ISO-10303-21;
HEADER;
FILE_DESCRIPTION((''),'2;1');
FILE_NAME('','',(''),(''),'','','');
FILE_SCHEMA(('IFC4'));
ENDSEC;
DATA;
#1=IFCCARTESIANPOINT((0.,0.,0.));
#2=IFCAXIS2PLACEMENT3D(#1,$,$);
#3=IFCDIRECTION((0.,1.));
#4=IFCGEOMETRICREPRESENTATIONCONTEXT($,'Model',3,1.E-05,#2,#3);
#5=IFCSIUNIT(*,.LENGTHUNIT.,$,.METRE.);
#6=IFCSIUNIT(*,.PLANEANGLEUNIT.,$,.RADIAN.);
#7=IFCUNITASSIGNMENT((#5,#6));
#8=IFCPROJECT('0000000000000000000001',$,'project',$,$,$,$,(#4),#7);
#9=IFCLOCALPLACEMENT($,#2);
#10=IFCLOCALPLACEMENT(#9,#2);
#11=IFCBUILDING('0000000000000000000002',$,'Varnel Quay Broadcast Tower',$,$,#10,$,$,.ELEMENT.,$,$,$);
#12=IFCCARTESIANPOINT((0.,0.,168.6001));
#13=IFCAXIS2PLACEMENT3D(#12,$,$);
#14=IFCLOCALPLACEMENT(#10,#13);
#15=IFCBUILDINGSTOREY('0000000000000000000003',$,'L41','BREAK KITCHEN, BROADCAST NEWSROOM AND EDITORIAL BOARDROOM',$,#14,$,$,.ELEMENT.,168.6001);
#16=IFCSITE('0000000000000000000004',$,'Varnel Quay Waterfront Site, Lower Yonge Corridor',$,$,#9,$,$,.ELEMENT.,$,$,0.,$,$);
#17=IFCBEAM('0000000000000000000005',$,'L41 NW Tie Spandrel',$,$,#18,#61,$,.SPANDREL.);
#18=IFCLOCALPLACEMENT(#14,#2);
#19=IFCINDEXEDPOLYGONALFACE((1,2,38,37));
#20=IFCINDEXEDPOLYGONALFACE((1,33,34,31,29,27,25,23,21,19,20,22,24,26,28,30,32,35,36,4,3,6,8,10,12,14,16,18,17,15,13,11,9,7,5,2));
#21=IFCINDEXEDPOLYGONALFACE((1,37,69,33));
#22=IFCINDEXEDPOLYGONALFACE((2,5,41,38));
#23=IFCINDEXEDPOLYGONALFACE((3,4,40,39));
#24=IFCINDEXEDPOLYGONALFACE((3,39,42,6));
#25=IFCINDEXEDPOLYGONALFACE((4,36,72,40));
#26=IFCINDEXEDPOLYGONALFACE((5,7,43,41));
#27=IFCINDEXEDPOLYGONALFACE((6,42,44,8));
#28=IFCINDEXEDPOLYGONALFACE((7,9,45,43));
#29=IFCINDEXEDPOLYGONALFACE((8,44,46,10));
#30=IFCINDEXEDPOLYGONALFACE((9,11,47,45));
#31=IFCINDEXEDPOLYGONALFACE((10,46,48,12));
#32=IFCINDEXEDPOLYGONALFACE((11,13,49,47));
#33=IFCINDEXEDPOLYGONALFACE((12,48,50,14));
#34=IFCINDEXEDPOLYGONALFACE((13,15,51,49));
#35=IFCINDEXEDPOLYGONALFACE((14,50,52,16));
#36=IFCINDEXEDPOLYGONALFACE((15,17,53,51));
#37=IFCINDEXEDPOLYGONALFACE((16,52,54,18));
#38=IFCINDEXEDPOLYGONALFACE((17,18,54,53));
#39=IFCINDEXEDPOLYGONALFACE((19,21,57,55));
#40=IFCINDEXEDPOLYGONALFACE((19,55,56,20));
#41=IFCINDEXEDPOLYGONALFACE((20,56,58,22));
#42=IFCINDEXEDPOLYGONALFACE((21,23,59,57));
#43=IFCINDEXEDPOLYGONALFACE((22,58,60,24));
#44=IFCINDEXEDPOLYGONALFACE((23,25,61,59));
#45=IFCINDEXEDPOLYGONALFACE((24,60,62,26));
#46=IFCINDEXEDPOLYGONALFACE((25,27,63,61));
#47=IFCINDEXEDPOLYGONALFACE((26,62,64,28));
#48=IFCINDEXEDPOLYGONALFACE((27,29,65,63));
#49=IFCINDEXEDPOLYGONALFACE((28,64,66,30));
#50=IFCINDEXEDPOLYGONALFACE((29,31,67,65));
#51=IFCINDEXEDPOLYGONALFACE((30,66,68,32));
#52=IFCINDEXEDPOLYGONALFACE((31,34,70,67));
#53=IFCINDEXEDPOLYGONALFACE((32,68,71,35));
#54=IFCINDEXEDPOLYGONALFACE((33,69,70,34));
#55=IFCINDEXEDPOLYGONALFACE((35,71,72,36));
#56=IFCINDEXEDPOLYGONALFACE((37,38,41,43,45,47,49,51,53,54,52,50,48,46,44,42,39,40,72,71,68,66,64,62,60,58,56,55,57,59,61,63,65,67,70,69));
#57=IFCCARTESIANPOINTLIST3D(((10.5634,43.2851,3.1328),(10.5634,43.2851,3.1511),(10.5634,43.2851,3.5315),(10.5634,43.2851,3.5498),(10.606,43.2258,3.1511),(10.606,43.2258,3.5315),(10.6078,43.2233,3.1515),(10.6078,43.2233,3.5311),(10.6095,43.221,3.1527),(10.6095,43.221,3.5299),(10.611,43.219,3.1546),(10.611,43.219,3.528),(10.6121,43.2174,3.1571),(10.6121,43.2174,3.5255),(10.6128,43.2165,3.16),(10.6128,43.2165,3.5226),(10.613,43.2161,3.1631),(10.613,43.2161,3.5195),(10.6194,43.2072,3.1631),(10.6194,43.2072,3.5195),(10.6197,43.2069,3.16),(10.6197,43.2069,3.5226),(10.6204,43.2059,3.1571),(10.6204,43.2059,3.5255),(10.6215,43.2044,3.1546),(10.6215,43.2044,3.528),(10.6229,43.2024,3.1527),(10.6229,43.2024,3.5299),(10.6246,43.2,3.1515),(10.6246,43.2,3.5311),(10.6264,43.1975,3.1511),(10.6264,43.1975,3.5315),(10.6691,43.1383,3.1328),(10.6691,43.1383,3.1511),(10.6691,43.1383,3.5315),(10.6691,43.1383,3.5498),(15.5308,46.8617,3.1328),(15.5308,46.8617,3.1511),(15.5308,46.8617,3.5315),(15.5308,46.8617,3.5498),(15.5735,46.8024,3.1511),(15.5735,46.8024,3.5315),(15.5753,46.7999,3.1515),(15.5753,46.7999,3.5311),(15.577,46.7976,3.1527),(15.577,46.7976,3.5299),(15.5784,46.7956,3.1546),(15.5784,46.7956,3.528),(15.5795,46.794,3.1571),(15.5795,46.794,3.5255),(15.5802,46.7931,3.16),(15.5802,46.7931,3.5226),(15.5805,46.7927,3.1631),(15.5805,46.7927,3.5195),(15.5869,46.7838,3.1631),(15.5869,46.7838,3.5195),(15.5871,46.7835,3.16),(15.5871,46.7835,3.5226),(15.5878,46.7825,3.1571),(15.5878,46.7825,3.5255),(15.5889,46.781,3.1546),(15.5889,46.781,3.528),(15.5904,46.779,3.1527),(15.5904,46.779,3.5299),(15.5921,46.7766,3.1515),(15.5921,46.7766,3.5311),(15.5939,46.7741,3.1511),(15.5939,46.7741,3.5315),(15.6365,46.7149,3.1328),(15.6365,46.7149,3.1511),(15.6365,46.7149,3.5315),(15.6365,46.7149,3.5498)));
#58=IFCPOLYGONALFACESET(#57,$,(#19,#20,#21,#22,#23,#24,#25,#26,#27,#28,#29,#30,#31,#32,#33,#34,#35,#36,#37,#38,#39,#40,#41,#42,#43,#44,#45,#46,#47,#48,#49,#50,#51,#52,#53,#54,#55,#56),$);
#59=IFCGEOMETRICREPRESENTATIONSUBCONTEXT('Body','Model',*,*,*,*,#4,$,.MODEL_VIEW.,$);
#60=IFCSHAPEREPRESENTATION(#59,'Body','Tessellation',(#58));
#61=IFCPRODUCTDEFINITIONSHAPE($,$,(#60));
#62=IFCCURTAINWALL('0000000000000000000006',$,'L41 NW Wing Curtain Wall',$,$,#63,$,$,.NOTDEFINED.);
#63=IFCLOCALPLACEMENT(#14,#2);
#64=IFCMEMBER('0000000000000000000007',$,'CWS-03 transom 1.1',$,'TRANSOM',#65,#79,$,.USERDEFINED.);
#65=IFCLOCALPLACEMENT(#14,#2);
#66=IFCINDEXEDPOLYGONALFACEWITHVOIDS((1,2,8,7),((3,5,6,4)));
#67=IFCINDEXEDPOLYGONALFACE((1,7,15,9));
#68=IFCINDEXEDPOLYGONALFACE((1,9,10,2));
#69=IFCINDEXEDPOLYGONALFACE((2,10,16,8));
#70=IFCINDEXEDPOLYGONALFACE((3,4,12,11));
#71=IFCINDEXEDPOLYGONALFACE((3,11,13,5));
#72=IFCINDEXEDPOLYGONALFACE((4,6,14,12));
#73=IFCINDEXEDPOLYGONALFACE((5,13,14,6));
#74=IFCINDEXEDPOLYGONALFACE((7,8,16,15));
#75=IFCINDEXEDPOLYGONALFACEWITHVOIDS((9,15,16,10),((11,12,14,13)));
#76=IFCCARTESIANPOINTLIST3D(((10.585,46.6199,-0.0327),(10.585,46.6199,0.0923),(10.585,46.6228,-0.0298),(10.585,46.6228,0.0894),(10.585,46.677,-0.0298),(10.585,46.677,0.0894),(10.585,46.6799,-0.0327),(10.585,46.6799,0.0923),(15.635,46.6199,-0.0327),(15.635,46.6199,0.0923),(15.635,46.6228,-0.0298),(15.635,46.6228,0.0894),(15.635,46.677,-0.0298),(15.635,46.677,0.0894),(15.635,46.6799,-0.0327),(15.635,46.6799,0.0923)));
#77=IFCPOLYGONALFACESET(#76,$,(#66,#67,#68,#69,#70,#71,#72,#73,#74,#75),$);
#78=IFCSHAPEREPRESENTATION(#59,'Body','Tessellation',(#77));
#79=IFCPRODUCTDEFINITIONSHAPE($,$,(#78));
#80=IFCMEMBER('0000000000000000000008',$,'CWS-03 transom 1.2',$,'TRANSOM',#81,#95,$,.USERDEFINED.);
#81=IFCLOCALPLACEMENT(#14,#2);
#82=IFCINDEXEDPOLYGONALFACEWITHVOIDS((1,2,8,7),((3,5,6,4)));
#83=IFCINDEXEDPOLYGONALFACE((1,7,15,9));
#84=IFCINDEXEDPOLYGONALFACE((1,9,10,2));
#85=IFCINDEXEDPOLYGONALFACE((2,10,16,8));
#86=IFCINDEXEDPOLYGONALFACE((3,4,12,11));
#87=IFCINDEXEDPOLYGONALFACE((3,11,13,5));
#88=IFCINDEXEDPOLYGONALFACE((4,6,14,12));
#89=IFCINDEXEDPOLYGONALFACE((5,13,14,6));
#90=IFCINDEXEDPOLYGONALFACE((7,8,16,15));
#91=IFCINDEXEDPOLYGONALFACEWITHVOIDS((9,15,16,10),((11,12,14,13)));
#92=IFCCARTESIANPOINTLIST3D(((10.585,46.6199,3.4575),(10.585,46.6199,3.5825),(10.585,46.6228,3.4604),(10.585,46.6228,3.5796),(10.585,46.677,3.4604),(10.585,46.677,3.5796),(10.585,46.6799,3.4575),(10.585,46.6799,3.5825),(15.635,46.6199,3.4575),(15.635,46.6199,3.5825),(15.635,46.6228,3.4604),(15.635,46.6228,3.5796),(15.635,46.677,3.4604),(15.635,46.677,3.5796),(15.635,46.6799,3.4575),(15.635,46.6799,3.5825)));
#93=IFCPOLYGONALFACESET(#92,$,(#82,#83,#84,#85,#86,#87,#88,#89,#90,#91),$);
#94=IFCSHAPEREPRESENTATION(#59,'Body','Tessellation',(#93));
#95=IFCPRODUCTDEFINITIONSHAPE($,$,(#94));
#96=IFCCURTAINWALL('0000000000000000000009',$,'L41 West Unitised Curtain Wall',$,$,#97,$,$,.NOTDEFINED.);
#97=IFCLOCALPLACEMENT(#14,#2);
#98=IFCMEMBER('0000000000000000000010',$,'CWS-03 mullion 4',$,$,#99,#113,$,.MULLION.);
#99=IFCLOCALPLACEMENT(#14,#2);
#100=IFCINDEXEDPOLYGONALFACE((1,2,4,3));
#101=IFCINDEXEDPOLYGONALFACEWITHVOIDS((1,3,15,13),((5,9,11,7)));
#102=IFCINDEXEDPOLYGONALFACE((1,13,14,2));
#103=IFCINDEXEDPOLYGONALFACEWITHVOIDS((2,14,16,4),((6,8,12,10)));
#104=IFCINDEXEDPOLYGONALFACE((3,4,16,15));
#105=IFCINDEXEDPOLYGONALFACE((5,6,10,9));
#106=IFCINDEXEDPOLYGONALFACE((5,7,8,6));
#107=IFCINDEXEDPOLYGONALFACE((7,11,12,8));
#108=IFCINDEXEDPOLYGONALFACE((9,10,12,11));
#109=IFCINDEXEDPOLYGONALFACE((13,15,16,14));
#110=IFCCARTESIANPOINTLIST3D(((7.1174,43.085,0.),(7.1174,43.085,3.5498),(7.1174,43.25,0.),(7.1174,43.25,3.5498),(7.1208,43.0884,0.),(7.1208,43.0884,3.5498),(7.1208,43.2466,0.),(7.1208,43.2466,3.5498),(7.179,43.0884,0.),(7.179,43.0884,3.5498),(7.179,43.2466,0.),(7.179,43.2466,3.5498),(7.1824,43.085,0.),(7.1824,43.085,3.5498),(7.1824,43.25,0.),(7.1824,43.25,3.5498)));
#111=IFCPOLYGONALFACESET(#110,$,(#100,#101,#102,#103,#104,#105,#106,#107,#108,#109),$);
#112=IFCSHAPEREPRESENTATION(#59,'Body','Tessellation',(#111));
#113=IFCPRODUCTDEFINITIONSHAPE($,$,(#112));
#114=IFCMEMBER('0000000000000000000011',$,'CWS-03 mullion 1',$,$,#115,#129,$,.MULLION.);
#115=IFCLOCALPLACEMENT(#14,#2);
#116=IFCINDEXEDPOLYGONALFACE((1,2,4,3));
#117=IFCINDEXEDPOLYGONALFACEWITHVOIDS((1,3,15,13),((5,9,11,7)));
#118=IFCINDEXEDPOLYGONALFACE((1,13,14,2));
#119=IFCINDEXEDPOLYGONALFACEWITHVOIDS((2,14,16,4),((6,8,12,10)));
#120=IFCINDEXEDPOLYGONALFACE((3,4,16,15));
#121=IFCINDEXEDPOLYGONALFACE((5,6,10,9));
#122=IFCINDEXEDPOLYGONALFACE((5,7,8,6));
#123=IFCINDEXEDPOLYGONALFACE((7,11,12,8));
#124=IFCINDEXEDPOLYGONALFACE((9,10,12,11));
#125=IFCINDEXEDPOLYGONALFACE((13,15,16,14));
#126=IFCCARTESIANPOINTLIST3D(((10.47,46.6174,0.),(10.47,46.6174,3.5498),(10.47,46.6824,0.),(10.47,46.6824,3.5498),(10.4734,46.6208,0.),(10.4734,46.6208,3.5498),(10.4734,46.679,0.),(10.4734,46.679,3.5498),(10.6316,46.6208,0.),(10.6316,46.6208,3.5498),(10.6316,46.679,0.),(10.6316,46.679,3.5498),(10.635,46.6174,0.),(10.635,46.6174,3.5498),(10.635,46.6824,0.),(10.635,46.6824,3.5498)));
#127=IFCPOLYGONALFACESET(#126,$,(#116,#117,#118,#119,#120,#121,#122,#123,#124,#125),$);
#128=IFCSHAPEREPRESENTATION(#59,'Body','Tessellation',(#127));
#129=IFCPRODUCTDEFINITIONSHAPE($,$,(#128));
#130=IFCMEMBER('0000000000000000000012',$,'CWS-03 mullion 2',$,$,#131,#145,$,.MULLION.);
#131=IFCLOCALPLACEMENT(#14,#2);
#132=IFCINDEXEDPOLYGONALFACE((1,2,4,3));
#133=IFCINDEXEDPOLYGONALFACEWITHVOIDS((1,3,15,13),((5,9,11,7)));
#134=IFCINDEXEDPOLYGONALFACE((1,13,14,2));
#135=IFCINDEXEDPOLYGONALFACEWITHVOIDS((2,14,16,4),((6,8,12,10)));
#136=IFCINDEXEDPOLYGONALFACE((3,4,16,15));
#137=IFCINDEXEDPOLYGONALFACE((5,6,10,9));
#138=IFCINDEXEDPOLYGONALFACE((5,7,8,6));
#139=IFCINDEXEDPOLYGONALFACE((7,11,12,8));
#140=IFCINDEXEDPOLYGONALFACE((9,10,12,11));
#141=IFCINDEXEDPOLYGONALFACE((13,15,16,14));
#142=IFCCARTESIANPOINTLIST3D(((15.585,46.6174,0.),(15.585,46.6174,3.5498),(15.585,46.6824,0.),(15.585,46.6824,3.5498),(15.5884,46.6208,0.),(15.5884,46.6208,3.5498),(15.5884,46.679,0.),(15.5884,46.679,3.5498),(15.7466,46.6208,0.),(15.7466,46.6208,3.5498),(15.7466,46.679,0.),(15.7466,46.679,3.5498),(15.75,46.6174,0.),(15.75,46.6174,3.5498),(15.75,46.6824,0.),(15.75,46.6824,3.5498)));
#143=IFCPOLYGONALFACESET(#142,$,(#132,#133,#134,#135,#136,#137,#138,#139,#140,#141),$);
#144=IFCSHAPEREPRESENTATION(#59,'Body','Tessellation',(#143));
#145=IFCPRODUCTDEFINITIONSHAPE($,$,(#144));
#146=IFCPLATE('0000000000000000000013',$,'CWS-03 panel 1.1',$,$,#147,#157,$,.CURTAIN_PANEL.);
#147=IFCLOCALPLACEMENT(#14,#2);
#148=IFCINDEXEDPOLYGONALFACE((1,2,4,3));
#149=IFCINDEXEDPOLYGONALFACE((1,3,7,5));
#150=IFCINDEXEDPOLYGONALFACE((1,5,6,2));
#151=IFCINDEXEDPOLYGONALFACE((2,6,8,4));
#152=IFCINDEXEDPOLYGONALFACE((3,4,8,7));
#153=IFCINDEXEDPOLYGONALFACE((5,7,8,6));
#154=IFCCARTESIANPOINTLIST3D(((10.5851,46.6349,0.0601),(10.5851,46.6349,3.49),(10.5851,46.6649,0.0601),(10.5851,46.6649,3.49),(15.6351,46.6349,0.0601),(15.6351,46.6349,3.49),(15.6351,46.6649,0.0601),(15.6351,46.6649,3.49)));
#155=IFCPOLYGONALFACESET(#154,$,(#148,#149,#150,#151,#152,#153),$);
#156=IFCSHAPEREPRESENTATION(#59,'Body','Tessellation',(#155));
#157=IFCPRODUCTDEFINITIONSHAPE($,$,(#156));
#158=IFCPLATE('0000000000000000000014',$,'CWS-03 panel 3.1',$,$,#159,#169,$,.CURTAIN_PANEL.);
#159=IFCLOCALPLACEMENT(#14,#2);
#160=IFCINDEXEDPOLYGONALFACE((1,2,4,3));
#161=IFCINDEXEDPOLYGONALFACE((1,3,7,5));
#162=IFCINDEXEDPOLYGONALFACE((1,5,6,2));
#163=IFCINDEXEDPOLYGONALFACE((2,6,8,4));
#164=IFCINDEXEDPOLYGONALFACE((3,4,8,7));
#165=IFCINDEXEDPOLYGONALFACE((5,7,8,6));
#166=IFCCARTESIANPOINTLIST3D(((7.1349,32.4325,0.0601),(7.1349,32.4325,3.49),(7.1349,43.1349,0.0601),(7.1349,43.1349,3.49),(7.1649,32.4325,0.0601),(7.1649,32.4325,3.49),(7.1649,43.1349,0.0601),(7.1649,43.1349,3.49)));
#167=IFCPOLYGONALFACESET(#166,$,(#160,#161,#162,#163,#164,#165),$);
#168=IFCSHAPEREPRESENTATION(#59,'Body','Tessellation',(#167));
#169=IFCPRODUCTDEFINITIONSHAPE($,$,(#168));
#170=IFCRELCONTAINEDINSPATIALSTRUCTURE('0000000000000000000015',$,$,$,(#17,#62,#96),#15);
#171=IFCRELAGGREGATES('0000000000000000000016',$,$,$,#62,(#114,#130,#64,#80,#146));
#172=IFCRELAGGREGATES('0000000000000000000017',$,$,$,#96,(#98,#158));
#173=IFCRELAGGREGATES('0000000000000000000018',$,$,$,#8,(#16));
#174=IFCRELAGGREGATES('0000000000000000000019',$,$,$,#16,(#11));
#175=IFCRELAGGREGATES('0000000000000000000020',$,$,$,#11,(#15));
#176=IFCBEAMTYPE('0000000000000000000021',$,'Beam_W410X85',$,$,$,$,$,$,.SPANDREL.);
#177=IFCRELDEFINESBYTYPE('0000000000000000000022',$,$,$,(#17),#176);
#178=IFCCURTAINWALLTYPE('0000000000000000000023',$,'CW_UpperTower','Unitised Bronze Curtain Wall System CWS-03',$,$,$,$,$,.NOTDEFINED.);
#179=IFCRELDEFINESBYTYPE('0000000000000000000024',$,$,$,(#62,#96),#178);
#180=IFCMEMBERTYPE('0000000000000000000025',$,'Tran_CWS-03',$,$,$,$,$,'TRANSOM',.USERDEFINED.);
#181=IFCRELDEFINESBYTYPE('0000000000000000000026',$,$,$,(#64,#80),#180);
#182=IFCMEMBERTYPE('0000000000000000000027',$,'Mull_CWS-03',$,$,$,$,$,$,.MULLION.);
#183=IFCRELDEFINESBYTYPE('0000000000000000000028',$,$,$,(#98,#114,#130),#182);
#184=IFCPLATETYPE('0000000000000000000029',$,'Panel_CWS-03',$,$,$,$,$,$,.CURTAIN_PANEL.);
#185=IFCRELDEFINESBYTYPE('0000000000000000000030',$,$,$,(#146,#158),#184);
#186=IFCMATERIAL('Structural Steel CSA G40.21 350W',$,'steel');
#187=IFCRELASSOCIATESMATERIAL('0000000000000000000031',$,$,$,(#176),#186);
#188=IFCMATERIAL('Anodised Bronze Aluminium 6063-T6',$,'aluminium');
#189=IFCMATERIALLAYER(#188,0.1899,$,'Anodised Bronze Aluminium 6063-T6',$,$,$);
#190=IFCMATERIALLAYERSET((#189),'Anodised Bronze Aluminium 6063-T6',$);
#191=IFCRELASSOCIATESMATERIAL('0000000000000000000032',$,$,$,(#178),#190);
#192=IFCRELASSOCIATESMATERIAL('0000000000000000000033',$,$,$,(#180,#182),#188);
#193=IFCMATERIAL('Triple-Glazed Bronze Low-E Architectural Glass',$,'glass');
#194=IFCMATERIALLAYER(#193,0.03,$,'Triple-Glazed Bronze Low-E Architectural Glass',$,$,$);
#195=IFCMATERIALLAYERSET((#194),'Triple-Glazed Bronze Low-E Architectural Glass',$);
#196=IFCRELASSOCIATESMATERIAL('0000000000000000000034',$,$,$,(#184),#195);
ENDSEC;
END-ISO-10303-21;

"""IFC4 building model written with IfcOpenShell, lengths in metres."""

from ifc_helpers import new_model, si_unit, direction, frame, origin, origin_2d, place, context, subcontext, project, spatial, rectangle, hollow_rectangle, i_section, extrude, source, transform, mapped, material, layer, layer_set, material_profile, profile_set, type_object, type_shapes, element, aggregate, save


model = new_model("IFC4")

# Units and contexts
model_context = context("Model", 3, precision=1e-05, world=origin(), true_north=direction((0.0, 1.0)))
body_context = subcontext(model_context, "Body", "Model", "MODEL_VIEW")
ifc_project = project(units=[si_unit("LENGTHUNIT", "METRE"), si_unit("PLANEANGLEUNIT", "RADIAN")], contexts=[model_context])

# Site, building, storey
site_placement = place(None, origin())
site = spatial("IfcSite", under=ifc_project, at=site_placement, Name="Varnel Quay Waterfront Site, Lower Yonge Corridor", CompositionType="ELEMENT", RefElevation=0.0)
building_placement = place(site_placement, origin())
building = spatial("IfcBuilding", under=site, at=building_placement, Name="Varnel Quay Broadcast Tower", CompositionType="ELEMENT")
storey_placement = place(building_placement, frame((0.0, 0.0, 168.6001)))
storey = spatial("IfcBuildingStorey", under=building, at=storey_placement, Name="L41", Description="BREAK KITCHEN, BROADCAST NEWSROOM AND EDITORIAL BOARDROOM", CompositionType="ELEMENT", Elevation=168.6001)

# Beam
ifc_material_1 = material(Name="Structural Steel CSA G40.21 350W", Category="steel")
ifc_material_profile_1 = material_profile(ifc_material_1, i_section(OverallWidth=0.1809, OverallDepth=0.417, WebThickness=0.011, FlangeThickness=0.0183, FilletRadius=0.012, at=origin_2d()), Name="W410X85")
ifc_profile_set_1 = profile_set([ifc_material_profile_1], Name="Structural Steel CSA G40.21 350W")
beam_type = type_object("IfcBeamType", Name="Beam_W410X85", PredefinedType="SPANDREL", material=ifc_profile_set_1)
shared_shape_1 = source(origin(), body_context, "Body", "SweptSolid", [
    extrude(i_section(OverallWidth=0.1809, OverallDepth=0.417, WebThickness=0.011, FlangeThickness=0.0183, FilletRadius=0.012, at=origin_2d()), origin(), (0.0, 0.0, 1.0), 6.1211),
])
beam_1_placement = place(storey_placement, frame((10.6162, 43.2117, 3.3413), z_axis=(0.811531, 0.584309, 0.0), x_axis=(-0.584309, 0.811531, 0.0)))
element("IfcBeam", 1, at=beam_1_placement, inside=storey, type_object=beam_type, Name="L41 NW Tie Spandrel", PredefinedType="SPANDREL", context=body_context, shape_type="MappedRepresentation", body=[
    mapped(shared_shape_1, transform((0.0, 0.0, 0.0), x_axis=(1.0, 0.0, 0.0), y_axis=(0.0, 1.0, 0.0), z_axis=(0.0, 0.0, 1.0), scale=1.0)),
])

# Curtain wall, members
ifc_material_2 = material(Name="Anodised Bronze Aluminium 6063-T6", Category="aluminium")
ifc_layer_1 = layer(ifc_material_2, 0.1899, Name="Anodised Bronze Aluminium 6063-T6")
ifc_layer_set_1 = layer_set([ifc_layer_1], Name="Anodised Bronze Aluminium 6063-T6")
curtain_wall_type = type_object("IfcCurtainWallType", Name="CW_UpperTower", Description="Unitised Bronze Curtain Wall System CWS-03", PredefinedType="NOTDEFINED", material=ifc_layer_set_1)
curtain_wall_1_placement = place(storey_placement, origin())
curtain_wall_1 = element("IfcCurtainWall", 2, at=curtain_wall_1_placement, inside=storey, type_object=curtain_wall_type, Name="L41 NW Wing Curtain Wall", PredefinedType="NOTDEFINED")
ifc_material_profile_2 = material_profile(ifc_material_2, hollow_rectangle(XDim=0.0601, YDim=0.125, WallThickness=0.0029, at=origin_2d()), Name="ALU60X125X3")
ifc_profile_set_2 = profile_set([ifc_material_profile_2], Name="Anodised Bronze Aluminium 6063-T6")
member_type_1 = type_object("IfcMemberType", Name="Tran_CWS-03", ElementType="TRANSOM", PredefinedType="USERDEFINED", material=ifc_profile_set_2)
shared_shape_2 = source(origin(), body_context, "Body", "SweptSolid", [
    extrude(hollow_rectangle(XDim=0.0601, YDim=0.125, WallThickness=0.0029, at=origin_2d()), origin(), (0.0, 0.0, 1.0), 5.05),
])
type_shapes(member_type_1, [shared_shape_2])
member_1_placement = place(storey_placement, frame((10.585, 46.6499, 0.0298), z_axis=(1.0, 0.0, 0.0), x_axis=(0.0, 1.0, 0.0)))
member_1 = element("IfcMember", 3, at=member_1_placement, type_object=member_type_1, Name="CWS-03 transom 1.1", ObjectType="TRANSOM", PredefinedType="USERDEFINED", context=body_context, shape_type="MappedRepresentation", body=[
    mapped(shared_shape_2, transform((0.0, 0.0, 0.0), x_axis=(1.0, 0.0, 0.0), y_axis=(0.0, 1.0, 0.0), z_axis=(0.0, 0.0, 1.0), scale=1.0)),
])
member_2_placement = place(storey_placement, frame((10.585, 46.6499, 3.52), z_axis=(1.0, 0.0, 0.0), x_axis=(0.0, 1.0, 0.0)))
member_2 = element("IfcMember", 4, at=member_2_placement, type_object=member_type_1, Name="CWS-03 transom 1.2", ObjectType="TRANSOM", PredefinedType="USERDEFINED", context=body_context, shape_type="MappedRepresentation", body=[
    mapped(shared_shape_2, transform((0.0, 0.0, 0.0), x_axis=(1.0, 0.0, 0.0), y_axis=(0.0, 1.0, 0.0), z_axis=(0.0, 0.0, 1.0), scale=1.0)),
])

# Curtain wall, member
curtain_wall_2_placement = place(storey_placement, origin())
curtain_wall_2 = element("IfcCurtainWall", 5, at=curtain_wall_2_placement, inside=storey, type_object=curtain_wall_type, Name="L41 West Unitised Curtain Wall", PredefinedType="NOTDEFINED")
ifc_material_profile_3 = material_profile(ifc_material_2, hollow_rectangle(XDim=0.0649, YDim=0.165, WallThickness=0.0034, at=origin_2d()), Name="ALU65X165X3.5")
ifc_profile_set_3 = profile_set([ifc_material_profile_3], Name="Anodised Bronze Aluminium 6063-T6")
member_type_2 = type_object("IfcMemberType", Name="Mull_CWS-03", PredefinedType="MULLION", material=ifc_profile_set_3)
shared_shape_3 = source(origin(), body_context, "Body", "SweptSolid", [
    extrude(hollow_rectangle(XDim=0.0649, YDim=0.165, WallThickness=0.0034, at=origin_2d()), origin(), (0.0, 0.0, 1.0), 3.5498),
])
type_shapes(member_type_2, [shared_shape_3])
member_3_placement = place(storey_placement, frame((7.1499, 43.1675, 0.0), z_axis=(0.0, 0.0, 1.0), x_axis=(-1.0, 0.0, 0.0)))
member_3 = element("IfcMember", 6, at=member_3_placement, type_object=member_type_2, Name="CWS-03 mullion 4", PredefinedType="MULLION", context=body_context, shape_type="MappedRepresentation", body=[
    mapped(shared_shape_3, transform((0.0, 0.0, 0.0), x_axis=(1.0, 0.0, 0.0), y_axis=(0.0, 1.0, 0.0), z_axis=(0.0, 0.0, 1.0), scale=1.0)),
])

# Members
member_4_placement = place(storey_placement, frame((10.5525, 46.6499, 0.0), z_axis=(0.0, 0.0, 1.0), x_axis=(0.0, 1.0, 0.0)))
member_4 = element("IfcMember", 7, at=member_4_placement, type_object=member_type_2, Name="CWS-03 mullion 1", PredefinedType="MULLION", context=body_context, shape_type="MappedRepresentation", body=[
    mapped(shared_shape_3, transform((0.0, 0.0, 0.0), x_axis=(1.0, 0.0, 0.0), y_axis=(0.0, 1.0, 0.0), z_axis=(0.0, 0.0, 1.0), scale=1.0)),
])
member_5_placement = place(storey_placement, frame((15.6675, 46.6499, 0.0), z_axis=(0.0, 0.0, 1.0), x_axis=(0.0, 1.0, 0.0)))
member_5 = element("IfcMember", 8, at=member_5_placement, type_object=member_type_2, Name="CWS-03 mullion 2", PredefinedType="MULLION", context=body_context, shape_type="MappedRepresentation", body=[
    mapped(shared_shape_3, transform((0.0, 0.0, 0.0), x_axis=(1.0, 0.0, 0.0), y_axis=(0.0, 1.0, 0.0), z_axis=(0.0, 0.0, 1.0), scale=1.0)),
])

# Plates
ifc_material_3 = material(Name="Triple-Glazed Bronze Low-E Architectural Glass", Category="glass")
ifc_layer_2 = layer(ifc_material_3, 0.03, Name="Triple-Glazed Bronze Low-E Architectural Glass")
ifc_layer_set_2 = layer_set([ifc_layer_2], Name="Triple-Glazed Bronze Low-E Architectural Glass")
plate_type = type_object("IfcPlateType", Name="Panel_CWS-03", PredefinedType="CURTAIN_PANEL", material=ifc_layer_set_2)
shared_shape_4 = source(origin(), body_context, "Body", "SweptSolid", [
    extrude(rectangle(XDim=5.05, YDim=0.03, at=origin_2d()), origin(), (0.0, 0.0, 1.0), 3.4299),
])
plate_1_placement = place(storey_placement, frame((13.1101, 46.6499, 0.0601), z_axis=(0.0, 0.0, 1.0), x_axis=(1.0, 0.0, 0.0)))
plate_1 = element("IfcPlate", 9, at=plate_1_placement, type_object=plate_type, Name="CWS-03 panel 1.1", PredefinedType="CURTAIN_PANEL", context=body_context, shape_type="MappedRepresentation", body=[
    mapped(shared_shape_4, transform((0.0, 0.0, 0.0), x_axis=(1.0, 0.0, 0.0), y_axis=(0.0, 1.0, 0.0), z_axis=(0.0, 0.0, 1.0), scale=1.0)),
])
aggregate(curtain_wall_1, [member_4, member_5, member_1, member_2, plate_1])
shared_shape_5 = source(origin(), body_context, "Body", "SweptSolid", [
    extrude(rectangle(XDim=10.7024, YDim=0.03, at=origin_2d()), origin(), (0.0, 0.0, 1.0), 3.4299),
])
type_shapes(plate_type, [shared_shape_4, shared_shape_5])
plate_2_placement = place(storey_placement, frame((7.1499, 37.7837, 0.0601), z_axis=(0.0, 0.0, 1.0), x_axis=(0.0, 1.0, 0.0)))
plate_2 = element("IfcPlate", 10, at=plate_2_placement, type_object=plate_type, Name="CWS-03 panel 3.1", PredefinedType="CURTAIN_PANEL", context=body_context, shape_type="MappedRepresentation", body=[
    mapped(shared_shape_5, transform((0.0, 0.0, 0.0), x_axis=(1.0, 0.0, 0.0), y_axis=(0.0, 1.0, 0.0), z_axis=(0.0, 0.0, 1.0), scale=1.0)),
])
aggregate(curtain_wall_2, [member_3, plate_2])

save(model, "model.ifc")
